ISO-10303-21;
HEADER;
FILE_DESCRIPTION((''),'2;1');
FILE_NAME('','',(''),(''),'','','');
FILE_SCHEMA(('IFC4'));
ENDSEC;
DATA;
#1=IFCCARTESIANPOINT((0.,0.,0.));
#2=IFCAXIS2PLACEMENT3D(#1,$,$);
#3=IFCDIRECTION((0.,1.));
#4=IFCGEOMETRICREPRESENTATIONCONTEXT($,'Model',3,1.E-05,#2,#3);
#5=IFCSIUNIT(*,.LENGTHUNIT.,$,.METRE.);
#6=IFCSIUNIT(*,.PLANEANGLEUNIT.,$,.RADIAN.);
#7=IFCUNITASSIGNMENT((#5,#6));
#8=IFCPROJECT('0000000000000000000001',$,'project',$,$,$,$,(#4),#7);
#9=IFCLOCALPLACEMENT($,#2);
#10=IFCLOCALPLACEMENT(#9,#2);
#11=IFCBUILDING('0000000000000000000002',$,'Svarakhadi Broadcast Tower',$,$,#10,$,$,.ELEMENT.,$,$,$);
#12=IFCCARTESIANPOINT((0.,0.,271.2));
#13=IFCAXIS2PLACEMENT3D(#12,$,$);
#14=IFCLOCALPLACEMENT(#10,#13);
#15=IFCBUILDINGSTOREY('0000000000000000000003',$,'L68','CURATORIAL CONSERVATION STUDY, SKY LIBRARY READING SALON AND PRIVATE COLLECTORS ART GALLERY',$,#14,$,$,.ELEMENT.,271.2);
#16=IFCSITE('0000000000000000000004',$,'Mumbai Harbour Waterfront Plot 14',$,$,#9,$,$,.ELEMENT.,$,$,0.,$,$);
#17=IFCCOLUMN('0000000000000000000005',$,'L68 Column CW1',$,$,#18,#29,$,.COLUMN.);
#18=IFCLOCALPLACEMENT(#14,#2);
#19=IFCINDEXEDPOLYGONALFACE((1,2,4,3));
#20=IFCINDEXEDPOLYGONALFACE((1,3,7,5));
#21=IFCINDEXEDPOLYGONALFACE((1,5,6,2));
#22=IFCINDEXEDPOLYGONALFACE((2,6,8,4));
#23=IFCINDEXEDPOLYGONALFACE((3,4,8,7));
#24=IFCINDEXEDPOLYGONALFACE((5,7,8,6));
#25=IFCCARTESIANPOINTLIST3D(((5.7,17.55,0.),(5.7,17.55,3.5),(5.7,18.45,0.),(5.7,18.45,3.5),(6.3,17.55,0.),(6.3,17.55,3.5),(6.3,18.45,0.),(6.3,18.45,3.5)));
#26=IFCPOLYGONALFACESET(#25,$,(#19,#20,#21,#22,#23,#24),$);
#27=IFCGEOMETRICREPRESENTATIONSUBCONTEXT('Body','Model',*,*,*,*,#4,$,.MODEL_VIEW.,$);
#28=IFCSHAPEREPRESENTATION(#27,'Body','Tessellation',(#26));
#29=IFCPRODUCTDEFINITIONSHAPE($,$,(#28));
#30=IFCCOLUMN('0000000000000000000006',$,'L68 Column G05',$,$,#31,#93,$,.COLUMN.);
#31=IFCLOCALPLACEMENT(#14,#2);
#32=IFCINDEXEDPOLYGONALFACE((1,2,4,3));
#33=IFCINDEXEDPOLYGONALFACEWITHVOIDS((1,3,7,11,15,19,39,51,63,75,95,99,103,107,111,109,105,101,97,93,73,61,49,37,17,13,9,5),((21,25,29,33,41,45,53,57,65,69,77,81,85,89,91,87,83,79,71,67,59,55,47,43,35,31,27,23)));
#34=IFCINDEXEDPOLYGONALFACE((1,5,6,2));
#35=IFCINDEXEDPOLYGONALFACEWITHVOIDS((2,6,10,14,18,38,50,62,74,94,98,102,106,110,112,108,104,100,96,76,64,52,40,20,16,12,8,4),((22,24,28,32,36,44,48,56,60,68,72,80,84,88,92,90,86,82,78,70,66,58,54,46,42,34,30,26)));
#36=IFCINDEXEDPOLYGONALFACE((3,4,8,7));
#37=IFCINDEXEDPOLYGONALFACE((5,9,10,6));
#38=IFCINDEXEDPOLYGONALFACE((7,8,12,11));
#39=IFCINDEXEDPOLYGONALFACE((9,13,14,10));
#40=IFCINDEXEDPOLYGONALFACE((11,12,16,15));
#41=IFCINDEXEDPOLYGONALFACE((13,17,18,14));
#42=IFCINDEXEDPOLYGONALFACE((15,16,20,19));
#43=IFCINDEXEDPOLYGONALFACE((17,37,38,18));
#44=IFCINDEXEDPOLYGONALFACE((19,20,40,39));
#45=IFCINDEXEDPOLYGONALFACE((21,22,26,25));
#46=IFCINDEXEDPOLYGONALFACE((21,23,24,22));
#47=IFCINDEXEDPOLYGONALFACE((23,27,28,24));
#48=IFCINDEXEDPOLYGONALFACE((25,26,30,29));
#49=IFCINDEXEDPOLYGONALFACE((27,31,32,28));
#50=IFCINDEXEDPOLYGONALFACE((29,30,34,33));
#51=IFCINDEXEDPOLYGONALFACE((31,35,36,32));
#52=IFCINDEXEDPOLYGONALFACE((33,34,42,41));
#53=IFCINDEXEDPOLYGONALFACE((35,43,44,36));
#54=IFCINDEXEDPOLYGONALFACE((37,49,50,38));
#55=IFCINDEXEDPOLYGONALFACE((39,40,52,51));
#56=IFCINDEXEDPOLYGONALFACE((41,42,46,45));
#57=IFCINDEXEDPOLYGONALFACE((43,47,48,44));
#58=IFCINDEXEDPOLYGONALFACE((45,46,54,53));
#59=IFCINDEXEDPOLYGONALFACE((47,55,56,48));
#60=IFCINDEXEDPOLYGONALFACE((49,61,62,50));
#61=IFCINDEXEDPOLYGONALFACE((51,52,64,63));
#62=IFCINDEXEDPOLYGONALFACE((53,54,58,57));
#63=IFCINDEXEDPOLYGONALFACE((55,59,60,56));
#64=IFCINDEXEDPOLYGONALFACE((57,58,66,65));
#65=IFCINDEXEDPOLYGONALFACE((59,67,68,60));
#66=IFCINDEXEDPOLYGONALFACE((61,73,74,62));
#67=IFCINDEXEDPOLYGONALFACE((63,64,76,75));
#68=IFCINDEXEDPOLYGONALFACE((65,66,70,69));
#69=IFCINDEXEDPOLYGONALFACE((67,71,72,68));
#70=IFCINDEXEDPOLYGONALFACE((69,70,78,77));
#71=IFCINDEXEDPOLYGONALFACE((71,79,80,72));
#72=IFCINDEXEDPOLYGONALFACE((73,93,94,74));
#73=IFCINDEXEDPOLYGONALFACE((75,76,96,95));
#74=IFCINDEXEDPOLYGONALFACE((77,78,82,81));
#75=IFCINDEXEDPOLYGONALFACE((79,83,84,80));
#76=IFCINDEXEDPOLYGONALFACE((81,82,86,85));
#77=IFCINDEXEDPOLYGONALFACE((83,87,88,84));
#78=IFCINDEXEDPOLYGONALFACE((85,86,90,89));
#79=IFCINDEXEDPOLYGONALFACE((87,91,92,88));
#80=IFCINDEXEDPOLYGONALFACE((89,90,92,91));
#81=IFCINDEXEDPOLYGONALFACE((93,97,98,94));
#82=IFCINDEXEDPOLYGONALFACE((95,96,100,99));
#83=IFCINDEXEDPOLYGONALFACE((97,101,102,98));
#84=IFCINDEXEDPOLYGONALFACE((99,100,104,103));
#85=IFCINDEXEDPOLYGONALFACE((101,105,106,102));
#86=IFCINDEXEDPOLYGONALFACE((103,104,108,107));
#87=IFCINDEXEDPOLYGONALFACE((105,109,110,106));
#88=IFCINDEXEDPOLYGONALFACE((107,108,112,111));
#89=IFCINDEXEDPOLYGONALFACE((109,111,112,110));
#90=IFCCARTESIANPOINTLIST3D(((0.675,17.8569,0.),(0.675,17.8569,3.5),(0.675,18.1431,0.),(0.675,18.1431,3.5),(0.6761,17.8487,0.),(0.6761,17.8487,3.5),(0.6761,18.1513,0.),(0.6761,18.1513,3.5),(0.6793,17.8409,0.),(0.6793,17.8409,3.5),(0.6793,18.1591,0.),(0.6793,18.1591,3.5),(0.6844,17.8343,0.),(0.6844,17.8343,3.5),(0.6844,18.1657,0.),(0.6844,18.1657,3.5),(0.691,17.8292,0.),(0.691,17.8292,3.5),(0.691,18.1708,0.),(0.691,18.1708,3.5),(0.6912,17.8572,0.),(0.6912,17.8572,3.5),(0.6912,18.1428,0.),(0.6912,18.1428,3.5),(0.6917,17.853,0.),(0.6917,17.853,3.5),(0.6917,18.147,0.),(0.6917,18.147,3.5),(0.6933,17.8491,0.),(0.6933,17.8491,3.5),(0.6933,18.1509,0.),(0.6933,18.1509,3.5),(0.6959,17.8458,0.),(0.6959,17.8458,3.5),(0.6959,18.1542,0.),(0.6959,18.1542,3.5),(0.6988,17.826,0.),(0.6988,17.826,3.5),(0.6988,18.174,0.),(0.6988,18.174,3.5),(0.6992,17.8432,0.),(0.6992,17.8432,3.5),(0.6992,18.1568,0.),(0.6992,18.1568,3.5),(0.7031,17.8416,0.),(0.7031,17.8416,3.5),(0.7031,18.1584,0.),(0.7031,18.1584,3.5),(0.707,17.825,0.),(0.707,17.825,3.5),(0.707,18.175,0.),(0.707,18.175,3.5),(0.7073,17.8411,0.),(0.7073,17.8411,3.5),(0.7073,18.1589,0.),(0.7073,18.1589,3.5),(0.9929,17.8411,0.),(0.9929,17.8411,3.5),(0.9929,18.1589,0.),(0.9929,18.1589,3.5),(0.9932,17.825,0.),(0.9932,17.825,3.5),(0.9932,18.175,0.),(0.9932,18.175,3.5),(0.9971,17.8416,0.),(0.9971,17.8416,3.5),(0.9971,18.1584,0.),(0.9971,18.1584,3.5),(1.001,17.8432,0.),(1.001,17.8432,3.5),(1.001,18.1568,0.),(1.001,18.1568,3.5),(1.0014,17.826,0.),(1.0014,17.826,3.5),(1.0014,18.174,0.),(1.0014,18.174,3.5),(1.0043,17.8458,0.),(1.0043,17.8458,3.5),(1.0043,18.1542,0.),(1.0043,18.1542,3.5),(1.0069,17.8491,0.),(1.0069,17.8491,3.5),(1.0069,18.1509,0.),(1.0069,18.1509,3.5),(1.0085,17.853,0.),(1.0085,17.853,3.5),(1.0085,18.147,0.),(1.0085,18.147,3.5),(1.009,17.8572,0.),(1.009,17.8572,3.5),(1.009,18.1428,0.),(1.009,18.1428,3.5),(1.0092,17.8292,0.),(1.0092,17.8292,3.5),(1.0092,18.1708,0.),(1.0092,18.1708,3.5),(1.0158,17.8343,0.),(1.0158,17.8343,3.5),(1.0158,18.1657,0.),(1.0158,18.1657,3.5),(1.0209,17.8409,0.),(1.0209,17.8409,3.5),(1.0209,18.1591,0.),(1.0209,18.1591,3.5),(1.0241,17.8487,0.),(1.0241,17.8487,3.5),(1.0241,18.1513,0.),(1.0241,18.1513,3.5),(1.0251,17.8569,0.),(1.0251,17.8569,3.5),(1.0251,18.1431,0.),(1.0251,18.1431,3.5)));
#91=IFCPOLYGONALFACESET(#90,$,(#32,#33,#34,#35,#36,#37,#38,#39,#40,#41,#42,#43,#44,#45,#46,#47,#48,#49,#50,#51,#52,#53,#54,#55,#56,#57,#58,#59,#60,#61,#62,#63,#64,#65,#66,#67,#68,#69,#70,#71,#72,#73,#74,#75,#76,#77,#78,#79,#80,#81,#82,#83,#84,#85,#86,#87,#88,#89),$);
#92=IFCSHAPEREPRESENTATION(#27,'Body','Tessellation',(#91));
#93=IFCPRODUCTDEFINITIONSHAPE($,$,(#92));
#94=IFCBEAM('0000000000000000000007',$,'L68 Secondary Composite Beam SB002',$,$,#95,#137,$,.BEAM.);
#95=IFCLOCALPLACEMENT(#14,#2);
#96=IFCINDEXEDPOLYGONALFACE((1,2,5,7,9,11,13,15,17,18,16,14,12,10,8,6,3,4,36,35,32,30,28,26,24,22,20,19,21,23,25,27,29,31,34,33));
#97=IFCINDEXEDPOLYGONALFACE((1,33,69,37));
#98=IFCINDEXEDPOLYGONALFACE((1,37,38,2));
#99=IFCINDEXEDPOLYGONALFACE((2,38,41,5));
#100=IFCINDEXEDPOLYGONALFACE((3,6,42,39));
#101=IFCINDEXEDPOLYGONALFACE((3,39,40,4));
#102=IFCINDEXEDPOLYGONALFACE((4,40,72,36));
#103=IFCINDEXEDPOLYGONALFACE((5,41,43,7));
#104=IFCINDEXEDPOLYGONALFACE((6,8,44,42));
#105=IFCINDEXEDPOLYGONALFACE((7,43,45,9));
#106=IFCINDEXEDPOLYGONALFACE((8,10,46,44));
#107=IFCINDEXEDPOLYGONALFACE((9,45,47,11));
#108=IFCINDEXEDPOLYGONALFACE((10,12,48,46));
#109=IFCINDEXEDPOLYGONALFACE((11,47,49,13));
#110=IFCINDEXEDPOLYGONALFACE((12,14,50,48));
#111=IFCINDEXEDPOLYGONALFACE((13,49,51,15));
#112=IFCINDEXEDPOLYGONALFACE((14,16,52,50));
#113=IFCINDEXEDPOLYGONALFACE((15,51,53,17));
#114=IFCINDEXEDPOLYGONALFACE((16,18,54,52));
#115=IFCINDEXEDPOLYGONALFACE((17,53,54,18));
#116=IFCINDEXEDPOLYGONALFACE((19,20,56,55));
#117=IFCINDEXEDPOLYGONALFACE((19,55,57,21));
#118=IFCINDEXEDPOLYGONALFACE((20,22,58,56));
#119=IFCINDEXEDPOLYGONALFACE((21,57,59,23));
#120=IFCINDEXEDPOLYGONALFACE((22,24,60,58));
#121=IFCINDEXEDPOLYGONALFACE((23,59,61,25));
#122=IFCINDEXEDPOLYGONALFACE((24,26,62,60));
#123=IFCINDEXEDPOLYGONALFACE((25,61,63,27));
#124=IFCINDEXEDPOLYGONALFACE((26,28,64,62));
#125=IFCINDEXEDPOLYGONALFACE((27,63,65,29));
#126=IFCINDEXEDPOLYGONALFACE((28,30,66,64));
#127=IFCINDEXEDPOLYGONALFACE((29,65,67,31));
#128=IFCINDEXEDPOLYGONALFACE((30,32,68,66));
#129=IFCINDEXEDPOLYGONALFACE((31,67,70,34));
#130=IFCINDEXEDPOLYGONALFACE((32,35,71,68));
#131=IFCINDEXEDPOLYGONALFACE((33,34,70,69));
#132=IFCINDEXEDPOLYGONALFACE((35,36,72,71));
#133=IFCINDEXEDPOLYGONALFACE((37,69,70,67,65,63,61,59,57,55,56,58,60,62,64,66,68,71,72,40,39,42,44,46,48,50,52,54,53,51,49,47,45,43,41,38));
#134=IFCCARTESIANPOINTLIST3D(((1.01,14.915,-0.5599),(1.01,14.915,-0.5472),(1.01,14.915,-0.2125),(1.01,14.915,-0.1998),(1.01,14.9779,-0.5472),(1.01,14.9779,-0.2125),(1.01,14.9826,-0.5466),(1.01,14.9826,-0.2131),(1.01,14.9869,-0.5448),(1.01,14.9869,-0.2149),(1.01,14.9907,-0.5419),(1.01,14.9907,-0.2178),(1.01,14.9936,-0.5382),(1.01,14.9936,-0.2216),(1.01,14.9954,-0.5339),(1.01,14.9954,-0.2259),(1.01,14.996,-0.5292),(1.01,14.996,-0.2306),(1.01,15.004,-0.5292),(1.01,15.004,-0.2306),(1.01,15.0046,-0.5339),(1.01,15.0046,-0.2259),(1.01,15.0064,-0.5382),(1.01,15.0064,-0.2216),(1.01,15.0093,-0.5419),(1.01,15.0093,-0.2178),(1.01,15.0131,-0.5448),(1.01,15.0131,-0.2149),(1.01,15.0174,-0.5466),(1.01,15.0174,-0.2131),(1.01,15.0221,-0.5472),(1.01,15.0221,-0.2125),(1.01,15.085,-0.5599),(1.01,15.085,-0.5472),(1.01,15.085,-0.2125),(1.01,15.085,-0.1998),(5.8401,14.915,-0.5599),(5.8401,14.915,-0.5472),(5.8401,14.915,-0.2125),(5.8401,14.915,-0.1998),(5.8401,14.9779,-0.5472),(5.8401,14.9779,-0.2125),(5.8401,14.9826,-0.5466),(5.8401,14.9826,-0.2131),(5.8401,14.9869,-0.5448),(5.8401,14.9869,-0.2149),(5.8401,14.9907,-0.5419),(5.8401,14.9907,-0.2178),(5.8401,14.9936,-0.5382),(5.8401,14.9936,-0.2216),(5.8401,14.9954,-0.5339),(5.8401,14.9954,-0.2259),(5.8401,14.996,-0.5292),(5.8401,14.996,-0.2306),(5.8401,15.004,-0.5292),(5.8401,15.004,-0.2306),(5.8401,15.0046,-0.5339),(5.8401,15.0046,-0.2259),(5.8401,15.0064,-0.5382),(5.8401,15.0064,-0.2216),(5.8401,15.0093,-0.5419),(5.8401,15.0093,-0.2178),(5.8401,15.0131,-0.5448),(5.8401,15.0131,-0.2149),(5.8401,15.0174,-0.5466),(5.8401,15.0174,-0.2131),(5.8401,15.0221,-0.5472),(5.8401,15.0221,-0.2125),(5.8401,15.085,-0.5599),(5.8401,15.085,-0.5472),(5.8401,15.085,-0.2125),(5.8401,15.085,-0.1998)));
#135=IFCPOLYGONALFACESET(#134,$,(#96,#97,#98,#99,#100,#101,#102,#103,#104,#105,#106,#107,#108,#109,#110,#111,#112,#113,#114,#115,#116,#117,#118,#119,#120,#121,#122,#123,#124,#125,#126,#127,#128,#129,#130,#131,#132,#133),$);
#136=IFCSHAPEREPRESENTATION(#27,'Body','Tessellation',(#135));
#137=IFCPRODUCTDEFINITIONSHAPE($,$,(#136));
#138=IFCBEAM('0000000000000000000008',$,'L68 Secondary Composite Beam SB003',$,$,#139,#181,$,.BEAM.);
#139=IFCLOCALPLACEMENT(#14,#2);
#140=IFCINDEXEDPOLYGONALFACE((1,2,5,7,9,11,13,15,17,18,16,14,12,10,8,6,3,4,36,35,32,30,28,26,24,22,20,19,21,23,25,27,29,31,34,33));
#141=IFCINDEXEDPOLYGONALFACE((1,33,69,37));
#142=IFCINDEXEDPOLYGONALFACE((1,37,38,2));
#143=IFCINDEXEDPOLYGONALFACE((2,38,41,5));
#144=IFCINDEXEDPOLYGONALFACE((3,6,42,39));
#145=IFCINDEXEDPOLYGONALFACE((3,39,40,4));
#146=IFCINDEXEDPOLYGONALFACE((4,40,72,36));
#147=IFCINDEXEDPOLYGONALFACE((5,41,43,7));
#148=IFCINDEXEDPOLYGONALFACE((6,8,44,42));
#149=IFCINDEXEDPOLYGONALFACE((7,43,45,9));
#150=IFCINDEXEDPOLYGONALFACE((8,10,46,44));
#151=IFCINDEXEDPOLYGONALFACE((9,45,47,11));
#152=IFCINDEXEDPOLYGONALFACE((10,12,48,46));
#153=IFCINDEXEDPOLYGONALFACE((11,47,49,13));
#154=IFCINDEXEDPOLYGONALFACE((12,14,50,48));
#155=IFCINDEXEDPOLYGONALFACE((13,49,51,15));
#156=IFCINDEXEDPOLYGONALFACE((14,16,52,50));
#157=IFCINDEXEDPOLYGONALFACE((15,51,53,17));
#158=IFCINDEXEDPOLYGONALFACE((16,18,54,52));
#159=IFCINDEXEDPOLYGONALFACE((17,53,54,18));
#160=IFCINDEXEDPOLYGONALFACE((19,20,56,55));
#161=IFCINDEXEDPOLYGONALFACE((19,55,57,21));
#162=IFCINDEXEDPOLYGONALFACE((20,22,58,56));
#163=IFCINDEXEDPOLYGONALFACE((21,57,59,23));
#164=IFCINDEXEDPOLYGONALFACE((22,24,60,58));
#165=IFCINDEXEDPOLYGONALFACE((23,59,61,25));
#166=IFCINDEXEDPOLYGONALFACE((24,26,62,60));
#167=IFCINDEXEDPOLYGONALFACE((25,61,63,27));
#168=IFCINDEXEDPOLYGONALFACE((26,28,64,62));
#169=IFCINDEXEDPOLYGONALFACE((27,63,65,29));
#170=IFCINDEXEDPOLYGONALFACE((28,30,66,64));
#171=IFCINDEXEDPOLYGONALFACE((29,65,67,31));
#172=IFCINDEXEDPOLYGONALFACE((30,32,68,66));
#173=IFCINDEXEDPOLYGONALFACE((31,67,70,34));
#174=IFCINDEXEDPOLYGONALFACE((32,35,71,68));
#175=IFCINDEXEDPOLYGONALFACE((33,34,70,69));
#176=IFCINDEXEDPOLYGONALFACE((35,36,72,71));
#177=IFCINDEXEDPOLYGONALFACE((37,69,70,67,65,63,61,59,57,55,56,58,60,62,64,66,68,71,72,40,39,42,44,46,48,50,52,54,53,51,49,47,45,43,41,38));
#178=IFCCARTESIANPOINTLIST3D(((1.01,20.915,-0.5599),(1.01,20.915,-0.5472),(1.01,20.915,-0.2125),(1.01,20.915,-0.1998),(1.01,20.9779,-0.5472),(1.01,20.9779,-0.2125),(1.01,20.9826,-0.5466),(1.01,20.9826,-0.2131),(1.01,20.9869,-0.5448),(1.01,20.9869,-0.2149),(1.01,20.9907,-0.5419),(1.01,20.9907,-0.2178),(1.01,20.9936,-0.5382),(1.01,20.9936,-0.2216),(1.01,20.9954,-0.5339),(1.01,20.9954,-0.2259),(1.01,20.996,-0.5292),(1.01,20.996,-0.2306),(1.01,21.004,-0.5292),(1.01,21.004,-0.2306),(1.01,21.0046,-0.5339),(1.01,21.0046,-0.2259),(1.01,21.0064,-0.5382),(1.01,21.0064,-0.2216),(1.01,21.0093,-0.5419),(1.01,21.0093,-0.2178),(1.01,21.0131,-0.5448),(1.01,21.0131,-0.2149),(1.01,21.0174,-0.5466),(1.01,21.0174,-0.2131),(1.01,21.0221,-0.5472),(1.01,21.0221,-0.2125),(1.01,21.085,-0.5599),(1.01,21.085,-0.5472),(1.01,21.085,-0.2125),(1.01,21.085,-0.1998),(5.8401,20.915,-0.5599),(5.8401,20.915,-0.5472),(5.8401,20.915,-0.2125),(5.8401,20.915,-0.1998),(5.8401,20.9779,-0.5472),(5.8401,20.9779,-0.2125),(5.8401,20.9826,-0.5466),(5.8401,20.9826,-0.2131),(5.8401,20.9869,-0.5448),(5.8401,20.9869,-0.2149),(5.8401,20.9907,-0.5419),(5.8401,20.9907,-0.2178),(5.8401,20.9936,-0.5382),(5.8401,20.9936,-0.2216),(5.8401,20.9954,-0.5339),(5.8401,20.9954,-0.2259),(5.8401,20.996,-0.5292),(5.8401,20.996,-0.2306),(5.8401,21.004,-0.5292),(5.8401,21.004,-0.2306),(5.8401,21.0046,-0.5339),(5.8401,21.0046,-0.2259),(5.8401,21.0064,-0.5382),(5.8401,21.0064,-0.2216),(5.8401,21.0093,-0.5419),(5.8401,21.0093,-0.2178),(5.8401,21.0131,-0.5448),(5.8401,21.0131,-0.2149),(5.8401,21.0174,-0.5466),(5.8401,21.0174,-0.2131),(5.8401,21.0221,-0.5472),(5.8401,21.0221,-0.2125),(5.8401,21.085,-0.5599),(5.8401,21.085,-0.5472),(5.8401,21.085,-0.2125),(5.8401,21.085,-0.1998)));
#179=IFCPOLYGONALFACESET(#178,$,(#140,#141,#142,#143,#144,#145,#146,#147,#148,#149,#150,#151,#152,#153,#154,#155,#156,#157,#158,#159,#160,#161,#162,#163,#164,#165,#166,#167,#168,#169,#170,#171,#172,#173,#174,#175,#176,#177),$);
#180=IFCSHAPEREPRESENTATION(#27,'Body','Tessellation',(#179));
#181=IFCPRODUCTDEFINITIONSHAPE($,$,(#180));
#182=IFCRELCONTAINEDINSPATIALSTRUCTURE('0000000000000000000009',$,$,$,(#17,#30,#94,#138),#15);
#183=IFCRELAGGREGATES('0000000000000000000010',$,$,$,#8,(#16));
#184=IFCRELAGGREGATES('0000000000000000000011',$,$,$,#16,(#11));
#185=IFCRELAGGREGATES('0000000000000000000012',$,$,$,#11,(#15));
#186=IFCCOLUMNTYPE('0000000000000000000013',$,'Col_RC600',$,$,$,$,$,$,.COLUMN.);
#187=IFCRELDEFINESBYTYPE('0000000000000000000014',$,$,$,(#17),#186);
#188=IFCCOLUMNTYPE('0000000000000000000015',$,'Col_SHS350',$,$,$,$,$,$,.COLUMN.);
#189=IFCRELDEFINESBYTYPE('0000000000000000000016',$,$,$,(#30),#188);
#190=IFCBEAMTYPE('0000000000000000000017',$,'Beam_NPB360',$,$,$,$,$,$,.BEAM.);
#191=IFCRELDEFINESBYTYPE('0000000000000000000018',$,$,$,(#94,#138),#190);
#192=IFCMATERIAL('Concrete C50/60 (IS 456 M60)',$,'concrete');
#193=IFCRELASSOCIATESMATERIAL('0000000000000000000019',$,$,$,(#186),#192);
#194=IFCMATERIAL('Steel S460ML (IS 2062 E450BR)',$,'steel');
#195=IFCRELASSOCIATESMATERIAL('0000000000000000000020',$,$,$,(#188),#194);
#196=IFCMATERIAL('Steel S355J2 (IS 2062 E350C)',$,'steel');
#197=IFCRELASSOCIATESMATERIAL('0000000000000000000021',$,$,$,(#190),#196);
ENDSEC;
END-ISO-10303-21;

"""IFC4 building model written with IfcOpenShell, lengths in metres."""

from ifc_helpers import new_model, si_unit, direction, frame, origin, origin_2d, place, context, subcontext, project, spatial, rectangle, hollow_rectangle, i_section, extrude, material, material_profile, profile_set, type_object, element, save


model = new_model("IFC4")

# Units and contexts
model_context = context("Model", 3, precision=1e-05, world=origin(), true_north=direction((0.0, 1.0)))
body_context = subcontext(model_context, "Body", "Model", "MODEL_VIEW")
ifc_project = project(units=[si_unit("LENGTHUNIT", "METRE"), si_unit("PLANEANGLEUNIT", "RADIAN")], contexts=[model_context])

# Site, building, storey
site_placement = place(None, origin())
site = spatial("IfcSite", under=ifc_project, at=site_placement, Name="Mumbai Harbour Waterfront Plot 14", CompositionType="ELEMENT", RefElevation=0.0)
building_placement = place(site_placement, origin())
building = spatial("IfcBuilding", under=site, at=building_placement, Name="Svarakhadi Broadcast Tower", CompositionType="ELEMENT")
storey_placement = place(building_placement, frame((0.0, 0.0, 271.2)))
storey = spatial("IfcBuildingStorey", under=building, at=storey_placement, Name="L68", Description="CURATORIAL CONSERVATION STUDY, SKY LIBRARY READING SALON AND PRIVATE COLLECTORS ART GALLERY", CompositionType="ELEMENT", Elevation=271.2)

# Columns
ifc_material_1 = material(Name="Concrete C50/60 (IS 456 M60)", Category="concrete")
ifc_material_profile_1 = material_profile(ifc_material_1, rectangle(XDim=0.6001, YDim=0.8999, at=origin_2d()), Name="RC 600x900")
ifc_profile_set_1 = profile_set([ifc_material_profile_1], Name="Concrete C50/60 (IS 456 M60)")
column_type_1 = type_object("IfcColumnType", Name="Col_RC600", PredefinedType="COLUMN", material=ifc_profile_set_1)
column_1_placement = place(storey_placement, frame((6.0, 18.0, 0.0), z_axis=(0.0, 0.0, 1.0), x_axis=(1.0, 0.0, 0.0)))
element("IfcColumn", 1, at=column_1_placement, inside=storey, type_object=column_type_1, Name="L68 Column CW1", PredefinedType="COLUMN", context=body_context, shape_type="SweptSolid", body=[
    extrude(rectangle(XDim=0.6001, YDim=0.8999, at=origin_2d()), origin(), (0.0, 0.0, 1.0), 3.5),
])
ifc_material_2 = material(Name="Steel S460ML (IS 2062 E450BR)", Category="steel")
ifc_material_profile_2 = material_profile(ifc_material_2, hollow_rectangle(XDim=0.3501, YDim=0.3501, WallThickness=0.0161, InnerFilletRadius=0.0161, OuterFilletRadius=0.032, at=origin_2d()), Name="SHS 350x350x16")
ifc_profile_set_2 = profile_set([ifc_material_profile_2], Name="Steel S460ML (IS 2062 E450BR)")
column_type_2 = type_object("IfcColumnType", Name="Col_SHS350", PredefinedType="COLUMN", material=ifc_profile_set_2)
column_2_placement = place(storey_placement, frame((0.8501, 18.0, 0.0), z_axis=(0.0, 0.0, 1.0), x_axis=(1.0, 0.0, 0.0)))
element("IfcColumn", 2, at=column_2_placement, inside=storey, type_object=column_type_2, Name="L68 Column G05", PredefinedType="COLUMN", context=body_context, shape_type="SweptSolid", body=[
    extrude(hollow_rectangle(XDim=0.3501, YDim=0.3501, WallThickness=0.0161, InnerFilletRadius=0.0161, OuterFilletRadius=0.032, at=origin_2d()), origin(), (0.0, 0.0, 1.0), 3.5),
])

# Beams
ifc_material_3 = material(Name="Steel S355J2 (IS 2062 E350C)", Category="steel")
ifc_material_profile_3 = material_profile(ifc_material_3, i_section(OverallWidth=0.1699, OverallDepth=0.3601, WebThickness=0.0081, FlangeThickness=0.0127, FilletRadius=0.0181, at=origin_2d()), Name="NPB 360x170x57")
ifc_profile_set_3 = profile_set([ifc_material_profile_3], Name="Steel S355J2 (IS 2062 E350C)")
beam_type_1 = type_object("IfcBeamType", Name="Beam_NPB360", PredefinedType="BEAM", material=ifc_profile_set_3)
for number, where, z_axis, x_axis, name in (
    (3, (1.01, 15.0, -0.3799), (1.0, 0.0, 0.0), (0.0, 1.0, 0.0), "L68 Secondary Composite Beam SB002"),
    (4, (1.01, 21.0, -0.3799), (1.0, 0.0, 0.0), (0.0, 1.0, 0.0), "L68 Secondary Composite Beam SB003"),
):
    element("IfcBeam", number, at=place(storey_placement, frame(where, z_axis=z_axis, x_axis=x_axis)), inside=storey, type_object=beam_type_1, Name=name, PredefinedType="BEAM", context=body_context, shape_type="SweptSolid", body=[
        extrude(i_section(OverallWidth=0.1699, OverallDepth=0.3601, WebThickness=0.0081, FlangeThickness=0.0127, FilletRadius=0.0181, at=origin_2d()), origin(), (0.0, 0.0, 1.0), 4.8301),
    ])

save(model, "model.ifc")
